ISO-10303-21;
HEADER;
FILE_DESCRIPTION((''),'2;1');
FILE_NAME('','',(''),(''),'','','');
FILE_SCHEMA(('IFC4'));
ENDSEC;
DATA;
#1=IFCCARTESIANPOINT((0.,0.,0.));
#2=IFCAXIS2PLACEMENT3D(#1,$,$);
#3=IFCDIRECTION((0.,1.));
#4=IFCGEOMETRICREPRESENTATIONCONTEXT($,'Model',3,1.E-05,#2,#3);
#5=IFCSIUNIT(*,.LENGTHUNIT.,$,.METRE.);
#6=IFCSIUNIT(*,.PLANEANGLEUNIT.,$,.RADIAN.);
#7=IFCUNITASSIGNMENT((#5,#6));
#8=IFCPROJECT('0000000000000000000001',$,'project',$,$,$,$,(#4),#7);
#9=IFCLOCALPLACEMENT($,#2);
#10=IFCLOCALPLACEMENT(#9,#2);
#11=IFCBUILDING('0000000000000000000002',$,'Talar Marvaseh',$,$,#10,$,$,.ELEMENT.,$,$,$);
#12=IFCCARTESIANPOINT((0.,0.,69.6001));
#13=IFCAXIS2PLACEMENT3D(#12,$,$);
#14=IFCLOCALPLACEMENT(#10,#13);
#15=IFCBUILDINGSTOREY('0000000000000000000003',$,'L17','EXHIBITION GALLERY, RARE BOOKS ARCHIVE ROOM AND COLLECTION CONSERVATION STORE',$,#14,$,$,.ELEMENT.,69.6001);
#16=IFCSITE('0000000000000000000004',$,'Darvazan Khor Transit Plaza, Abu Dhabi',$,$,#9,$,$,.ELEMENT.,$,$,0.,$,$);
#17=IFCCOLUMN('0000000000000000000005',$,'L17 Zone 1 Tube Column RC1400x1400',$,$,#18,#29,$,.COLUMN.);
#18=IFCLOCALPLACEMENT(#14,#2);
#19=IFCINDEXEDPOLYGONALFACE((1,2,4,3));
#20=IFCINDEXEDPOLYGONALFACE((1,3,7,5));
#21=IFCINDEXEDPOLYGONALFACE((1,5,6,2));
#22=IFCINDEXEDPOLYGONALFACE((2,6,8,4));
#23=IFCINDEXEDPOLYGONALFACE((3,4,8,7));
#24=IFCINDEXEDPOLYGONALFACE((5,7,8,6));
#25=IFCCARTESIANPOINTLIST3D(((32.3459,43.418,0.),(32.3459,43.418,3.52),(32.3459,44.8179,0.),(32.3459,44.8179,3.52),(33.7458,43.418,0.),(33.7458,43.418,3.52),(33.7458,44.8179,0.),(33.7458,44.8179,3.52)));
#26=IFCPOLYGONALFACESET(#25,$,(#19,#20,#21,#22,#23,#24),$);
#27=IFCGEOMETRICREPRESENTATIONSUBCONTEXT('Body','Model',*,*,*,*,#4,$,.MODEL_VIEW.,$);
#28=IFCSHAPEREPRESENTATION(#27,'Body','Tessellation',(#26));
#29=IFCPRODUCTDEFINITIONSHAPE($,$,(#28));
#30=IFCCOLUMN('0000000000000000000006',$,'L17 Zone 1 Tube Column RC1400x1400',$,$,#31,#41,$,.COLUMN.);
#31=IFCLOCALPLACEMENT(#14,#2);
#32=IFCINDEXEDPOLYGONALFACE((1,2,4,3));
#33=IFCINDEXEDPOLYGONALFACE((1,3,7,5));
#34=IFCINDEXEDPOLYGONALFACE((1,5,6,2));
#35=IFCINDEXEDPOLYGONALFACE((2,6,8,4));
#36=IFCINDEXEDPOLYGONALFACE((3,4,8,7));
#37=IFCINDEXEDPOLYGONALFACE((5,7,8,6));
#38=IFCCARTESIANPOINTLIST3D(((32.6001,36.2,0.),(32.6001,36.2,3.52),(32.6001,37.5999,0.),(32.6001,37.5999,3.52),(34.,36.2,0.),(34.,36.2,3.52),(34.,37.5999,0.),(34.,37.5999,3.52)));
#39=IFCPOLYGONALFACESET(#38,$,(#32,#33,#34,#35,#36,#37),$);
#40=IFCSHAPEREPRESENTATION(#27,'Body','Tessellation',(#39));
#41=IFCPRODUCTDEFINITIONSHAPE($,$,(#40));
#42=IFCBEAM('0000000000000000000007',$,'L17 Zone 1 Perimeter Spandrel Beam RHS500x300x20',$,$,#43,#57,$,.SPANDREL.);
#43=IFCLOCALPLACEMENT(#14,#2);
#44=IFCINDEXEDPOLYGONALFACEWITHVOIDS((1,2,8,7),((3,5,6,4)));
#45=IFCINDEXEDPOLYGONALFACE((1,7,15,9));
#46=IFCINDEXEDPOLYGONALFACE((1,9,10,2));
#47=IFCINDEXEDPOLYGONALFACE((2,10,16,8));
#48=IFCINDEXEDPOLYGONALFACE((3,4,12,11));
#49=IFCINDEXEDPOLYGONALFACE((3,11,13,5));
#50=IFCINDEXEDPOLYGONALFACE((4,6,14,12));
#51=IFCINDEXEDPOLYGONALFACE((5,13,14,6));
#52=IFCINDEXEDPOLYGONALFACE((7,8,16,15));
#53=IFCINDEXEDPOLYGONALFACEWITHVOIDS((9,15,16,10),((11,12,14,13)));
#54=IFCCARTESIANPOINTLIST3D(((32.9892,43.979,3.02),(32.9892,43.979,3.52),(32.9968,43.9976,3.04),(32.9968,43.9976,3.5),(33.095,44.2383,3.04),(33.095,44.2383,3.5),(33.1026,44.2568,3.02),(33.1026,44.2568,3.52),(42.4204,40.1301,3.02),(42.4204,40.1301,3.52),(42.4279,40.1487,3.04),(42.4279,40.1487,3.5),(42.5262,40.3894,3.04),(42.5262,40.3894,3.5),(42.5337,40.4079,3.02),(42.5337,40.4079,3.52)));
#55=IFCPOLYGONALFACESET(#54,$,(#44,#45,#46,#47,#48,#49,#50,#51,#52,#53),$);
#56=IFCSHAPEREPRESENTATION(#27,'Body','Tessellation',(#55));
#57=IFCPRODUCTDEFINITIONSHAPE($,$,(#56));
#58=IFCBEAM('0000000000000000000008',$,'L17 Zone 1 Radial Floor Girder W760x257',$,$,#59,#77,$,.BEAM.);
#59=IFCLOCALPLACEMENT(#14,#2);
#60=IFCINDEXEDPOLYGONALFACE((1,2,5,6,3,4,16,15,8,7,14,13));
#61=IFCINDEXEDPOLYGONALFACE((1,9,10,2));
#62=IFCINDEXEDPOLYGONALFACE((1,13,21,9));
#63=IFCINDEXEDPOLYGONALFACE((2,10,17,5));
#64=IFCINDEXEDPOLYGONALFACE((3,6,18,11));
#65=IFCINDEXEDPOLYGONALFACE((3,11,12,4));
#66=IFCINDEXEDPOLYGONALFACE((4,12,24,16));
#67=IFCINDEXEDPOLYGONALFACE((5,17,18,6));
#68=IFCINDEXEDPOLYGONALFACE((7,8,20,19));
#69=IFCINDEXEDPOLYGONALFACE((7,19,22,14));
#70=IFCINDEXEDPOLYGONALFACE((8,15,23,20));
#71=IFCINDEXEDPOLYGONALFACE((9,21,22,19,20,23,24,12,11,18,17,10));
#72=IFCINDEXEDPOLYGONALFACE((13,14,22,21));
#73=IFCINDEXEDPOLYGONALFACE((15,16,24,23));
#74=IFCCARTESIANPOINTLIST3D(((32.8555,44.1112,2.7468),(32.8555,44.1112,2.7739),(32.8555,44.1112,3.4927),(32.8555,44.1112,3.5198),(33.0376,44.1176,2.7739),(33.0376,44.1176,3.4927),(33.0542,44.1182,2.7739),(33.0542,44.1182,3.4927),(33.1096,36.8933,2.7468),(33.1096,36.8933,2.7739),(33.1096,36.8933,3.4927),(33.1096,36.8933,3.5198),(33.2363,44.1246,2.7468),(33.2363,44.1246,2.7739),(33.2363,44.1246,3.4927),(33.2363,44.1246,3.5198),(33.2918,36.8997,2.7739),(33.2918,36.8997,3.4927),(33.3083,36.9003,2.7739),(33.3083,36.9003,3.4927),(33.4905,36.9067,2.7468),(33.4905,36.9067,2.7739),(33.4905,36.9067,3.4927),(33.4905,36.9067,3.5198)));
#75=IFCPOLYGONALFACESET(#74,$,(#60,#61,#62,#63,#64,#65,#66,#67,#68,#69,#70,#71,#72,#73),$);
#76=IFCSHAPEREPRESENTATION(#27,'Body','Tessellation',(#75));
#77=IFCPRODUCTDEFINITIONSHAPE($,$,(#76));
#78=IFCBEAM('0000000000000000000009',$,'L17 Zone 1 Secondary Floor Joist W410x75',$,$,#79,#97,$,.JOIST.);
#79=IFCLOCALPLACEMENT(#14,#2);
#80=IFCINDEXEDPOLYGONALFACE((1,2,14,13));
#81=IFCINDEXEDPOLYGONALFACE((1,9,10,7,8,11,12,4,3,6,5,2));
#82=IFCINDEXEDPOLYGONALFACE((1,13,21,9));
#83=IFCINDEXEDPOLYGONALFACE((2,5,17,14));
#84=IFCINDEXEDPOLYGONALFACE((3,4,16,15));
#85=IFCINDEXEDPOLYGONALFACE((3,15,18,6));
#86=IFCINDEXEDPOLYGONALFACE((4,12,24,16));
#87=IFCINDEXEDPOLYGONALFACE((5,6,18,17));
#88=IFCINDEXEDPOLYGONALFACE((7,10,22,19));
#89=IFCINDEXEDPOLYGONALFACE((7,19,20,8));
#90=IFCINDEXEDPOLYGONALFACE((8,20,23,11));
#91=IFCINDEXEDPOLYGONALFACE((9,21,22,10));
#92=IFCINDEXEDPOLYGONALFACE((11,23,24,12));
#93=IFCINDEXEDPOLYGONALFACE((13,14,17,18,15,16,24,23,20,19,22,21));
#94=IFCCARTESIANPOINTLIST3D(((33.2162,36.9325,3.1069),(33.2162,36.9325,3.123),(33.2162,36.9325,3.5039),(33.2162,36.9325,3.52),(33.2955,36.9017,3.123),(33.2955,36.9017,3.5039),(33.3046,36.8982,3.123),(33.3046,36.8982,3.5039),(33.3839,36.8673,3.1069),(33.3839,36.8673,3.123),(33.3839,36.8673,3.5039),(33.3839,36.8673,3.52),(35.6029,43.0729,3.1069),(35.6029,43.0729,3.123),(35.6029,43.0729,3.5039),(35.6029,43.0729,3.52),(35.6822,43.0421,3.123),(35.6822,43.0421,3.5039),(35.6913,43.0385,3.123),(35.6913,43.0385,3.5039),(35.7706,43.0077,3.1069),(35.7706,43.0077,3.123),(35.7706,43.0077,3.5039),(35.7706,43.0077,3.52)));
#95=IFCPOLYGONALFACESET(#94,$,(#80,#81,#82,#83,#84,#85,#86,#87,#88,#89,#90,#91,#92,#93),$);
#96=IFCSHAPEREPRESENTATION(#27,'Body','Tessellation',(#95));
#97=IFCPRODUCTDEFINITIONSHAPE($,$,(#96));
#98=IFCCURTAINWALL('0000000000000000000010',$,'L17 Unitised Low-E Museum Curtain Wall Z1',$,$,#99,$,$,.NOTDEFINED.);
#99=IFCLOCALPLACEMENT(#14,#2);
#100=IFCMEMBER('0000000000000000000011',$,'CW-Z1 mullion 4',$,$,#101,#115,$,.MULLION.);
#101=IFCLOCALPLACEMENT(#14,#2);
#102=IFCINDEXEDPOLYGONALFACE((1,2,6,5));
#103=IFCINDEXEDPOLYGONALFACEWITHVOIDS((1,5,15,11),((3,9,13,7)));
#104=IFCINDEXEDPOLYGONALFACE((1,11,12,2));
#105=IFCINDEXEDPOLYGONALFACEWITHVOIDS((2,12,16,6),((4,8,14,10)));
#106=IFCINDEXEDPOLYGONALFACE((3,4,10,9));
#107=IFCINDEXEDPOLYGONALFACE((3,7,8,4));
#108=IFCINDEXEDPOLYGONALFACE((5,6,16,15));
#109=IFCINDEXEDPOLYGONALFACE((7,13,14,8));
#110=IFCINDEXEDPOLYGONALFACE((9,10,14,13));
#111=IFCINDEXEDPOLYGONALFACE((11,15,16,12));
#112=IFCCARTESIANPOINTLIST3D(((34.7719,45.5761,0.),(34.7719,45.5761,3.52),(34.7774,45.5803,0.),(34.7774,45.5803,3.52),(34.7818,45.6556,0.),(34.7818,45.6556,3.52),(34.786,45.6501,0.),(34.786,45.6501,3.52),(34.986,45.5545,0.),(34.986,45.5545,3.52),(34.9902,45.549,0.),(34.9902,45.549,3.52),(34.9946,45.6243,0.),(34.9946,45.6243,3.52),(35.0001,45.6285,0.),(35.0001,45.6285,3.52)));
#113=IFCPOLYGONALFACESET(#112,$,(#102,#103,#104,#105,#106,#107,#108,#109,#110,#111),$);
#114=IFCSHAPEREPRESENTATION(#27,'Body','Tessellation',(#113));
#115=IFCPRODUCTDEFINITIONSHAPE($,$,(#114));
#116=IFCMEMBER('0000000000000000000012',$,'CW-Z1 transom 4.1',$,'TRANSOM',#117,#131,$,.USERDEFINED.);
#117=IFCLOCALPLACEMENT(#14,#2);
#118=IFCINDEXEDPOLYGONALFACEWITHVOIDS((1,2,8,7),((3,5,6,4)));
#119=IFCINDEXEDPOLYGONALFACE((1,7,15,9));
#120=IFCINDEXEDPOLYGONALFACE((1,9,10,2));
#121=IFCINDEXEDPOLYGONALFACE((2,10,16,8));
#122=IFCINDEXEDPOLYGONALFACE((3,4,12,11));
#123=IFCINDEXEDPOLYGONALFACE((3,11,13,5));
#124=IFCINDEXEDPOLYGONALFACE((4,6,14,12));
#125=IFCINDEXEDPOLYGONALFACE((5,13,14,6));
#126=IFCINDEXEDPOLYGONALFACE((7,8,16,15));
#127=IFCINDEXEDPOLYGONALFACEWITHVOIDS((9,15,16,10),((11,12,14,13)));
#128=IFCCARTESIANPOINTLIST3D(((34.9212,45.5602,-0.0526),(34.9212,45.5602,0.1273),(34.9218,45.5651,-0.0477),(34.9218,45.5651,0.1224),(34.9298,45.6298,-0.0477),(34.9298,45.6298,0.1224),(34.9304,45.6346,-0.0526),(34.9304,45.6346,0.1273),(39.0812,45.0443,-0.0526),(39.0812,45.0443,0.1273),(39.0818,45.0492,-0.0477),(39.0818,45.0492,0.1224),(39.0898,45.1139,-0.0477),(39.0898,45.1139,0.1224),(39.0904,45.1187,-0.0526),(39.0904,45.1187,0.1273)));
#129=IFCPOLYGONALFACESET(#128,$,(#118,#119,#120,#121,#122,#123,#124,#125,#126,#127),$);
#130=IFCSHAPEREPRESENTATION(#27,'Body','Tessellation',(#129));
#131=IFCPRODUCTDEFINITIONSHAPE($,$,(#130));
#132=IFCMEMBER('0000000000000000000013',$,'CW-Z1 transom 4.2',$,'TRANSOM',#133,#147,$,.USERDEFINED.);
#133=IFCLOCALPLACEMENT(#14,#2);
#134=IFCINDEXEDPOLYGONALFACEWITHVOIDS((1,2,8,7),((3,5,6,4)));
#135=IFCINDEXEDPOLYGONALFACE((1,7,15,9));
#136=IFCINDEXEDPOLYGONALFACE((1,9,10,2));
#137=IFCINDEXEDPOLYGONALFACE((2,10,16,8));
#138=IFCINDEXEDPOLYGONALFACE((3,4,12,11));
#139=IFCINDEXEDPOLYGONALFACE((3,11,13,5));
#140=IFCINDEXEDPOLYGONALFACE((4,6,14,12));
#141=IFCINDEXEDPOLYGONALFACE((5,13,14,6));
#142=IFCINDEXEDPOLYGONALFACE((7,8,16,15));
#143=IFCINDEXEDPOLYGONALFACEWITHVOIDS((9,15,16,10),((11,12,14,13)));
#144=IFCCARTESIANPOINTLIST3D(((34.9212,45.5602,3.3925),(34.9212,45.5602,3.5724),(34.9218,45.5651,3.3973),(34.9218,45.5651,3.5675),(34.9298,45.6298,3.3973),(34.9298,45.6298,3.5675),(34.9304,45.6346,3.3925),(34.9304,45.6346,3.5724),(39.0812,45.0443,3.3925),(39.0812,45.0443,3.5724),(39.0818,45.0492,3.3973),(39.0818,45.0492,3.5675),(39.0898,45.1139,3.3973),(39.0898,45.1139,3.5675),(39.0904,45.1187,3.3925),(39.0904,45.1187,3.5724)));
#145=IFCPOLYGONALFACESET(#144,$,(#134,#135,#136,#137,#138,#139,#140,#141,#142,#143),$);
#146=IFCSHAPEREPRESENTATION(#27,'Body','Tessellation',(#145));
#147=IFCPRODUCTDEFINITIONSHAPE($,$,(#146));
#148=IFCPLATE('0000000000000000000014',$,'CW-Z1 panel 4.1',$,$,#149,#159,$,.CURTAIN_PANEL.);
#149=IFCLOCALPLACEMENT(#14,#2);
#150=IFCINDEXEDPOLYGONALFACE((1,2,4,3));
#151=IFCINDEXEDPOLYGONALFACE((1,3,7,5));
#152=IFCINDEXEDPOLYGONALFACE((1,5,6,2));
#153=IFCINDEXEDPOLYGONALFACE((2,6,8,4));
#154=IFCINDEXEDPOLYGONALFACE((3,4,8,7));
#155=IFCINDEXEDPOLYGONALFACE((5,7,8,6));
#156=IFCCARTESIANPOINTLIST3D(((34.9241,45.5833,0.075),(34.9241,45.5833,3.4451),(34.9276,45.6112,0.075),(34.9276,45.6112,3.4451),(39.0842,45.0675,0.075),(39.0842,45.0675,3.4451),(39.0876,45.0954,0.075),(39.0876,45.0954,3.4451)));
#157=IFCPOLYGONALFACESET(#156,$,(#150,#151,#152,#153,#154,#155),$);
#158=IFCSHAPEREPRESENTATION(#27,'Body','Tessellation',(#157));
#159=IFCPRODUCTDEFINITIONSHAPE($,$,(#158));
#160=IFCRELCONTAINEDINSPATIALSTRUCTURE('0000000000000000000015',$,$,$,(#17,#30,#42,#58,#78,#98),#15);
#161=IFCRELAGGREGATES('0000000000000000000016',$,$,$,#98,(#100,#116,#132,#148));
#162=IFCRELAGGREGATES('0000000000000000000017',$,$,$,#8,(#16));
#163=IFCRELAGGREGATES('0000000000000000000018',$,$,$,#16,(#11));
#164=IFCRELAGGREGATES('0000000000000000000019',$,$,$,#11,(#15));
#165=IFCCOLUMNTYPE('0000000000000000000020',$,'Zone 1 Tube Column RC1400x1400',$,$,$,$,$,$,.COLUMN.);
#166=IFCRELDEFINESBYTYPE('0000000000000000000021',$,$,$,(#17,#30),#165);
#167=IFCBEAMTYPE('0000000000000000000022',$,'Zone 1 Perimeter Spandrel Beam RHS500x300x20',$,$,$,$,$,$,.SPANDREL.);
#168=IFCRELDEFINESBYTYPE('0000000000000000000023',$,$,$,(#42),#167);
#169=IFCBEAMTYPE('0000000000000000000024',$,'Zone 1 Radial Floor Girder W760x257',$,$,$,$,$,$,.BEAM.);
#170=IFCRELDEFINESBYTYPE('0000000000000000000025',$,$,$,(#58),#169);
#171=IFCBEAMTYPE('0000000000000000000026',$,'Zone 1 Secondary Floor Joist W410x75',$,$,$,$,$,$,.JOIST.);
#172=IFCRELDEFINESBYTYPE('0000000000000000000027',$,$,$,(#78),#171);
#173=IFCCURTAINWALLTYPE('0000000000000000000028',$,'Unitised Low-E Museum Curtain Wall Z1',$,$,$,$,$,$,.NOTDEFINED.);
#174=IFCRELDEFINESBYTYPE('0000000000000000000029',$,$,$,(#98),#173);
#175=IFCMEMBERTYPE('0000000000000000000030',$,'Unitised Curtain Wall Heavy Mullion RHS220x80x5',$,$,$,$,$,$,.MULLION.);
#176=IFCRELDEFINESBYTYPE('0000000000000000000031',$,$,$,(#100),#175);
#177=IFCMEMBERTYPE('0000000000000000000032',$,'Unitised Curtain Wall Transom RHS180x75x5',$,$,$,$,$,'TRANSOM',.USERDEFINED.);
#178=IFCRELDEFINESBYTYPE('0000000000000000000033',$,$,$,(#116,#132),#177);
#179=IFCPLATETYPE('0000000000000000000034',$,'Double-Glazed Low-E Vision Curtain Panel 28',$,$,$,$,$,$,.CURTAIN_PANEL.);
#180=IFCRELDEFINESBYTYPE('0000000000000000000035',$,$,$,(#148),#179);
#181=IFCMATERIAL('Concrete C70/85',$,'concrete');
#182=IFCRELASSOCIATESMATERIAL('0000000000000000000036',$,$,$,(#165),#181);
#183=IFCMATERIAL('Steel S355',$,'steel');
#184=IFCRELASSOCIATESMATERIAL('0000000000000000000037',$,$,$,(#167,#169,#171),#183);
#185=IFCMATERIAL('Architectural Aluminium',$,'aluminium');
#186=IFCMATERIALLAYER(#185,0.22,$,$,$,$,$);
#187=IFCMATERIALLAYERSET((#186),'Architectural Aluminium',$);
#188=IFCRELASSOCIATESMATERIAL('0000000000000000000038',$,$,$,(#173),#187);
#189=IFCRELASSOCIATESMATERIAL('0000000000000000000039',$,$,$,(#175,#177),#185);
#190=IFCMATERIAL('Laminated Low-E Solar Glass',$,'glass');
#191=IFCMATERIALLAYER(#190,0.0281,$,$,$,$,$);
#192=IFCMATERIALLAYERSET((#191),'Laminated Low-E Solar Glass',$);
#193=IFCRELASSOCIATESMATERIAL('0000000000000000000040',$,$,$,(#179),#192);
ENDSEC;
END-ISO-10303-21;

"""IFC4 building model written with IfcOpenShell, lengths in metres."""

from ifc_helpers import new_model, si_unit, direction, frame, origin, origin_2d, place, context, subcontext, project, spatial, rectangle, hollow_rectangle, i_section, extrude, source, transform, mapped, material, layer, layer_set, material_profile, profile_set, type_object, type_shapes, element, aggregate, save


model = new_model("IFC4")

# Units and contexts
model_context = context("Model", 3, precision=1e-05, world=origin(), true_north=direction((0.0, 1.0)))
body_context = subcontext(model_context, "Body", "Model", "MODEL_VIEW")
ifc_project = project(units=[si_unit("LENGTHUNIT", "METRE"), si_unit("PLANEANGLEUNIT", "RADIAN")], contexts=[model_context])

# Site, building, storey
site_placement = place(None, origin())
site = spatial("IfcSite", under=ifc_project, at=site_placement, Name="Darvazan Khor Transit Plaza, Abu Dhabi", CompositionType="ELEMENT", RefElevation=0.0)
building_placement = place(site_placement, origin())
building = spatial("IfcBuilding", under=site, at=building_placement, Name="Talar Marvaseh", CompositionType="ELEMENT")
storey_placement = place(building_placement, frame((0.0, 0.0, 69.6001)))
storey = spatial("IfcBuildingStorey", under=building, at=storey_placement, Name="L17", Description="EXHIBITION GALLERY, RARE BOOKS ARCHIVE ROOM AND COLLECTION CONSERVATION STORE", CompositionType="ELEMENT", Elevation=69.6001)

# Columns
ifc_material_1 = material(Name="Concrete C70/85", Category="concrete")
ifc_material_profile_1 = material_profile(ifc_material_1, rectangle(XDim=1.3999, YDim=1.3999, at=origin_2d()), Name="RC1400x1400")
ifc_profile_set_1 = profile_set([ifc_material_profile_1], Name="Concrete C70/85")
column_type = type_object("IfcColumnType", Name="Zone 1 Tube Column RC1400x1400", PredefinedType="COLUMN", material=ifc_profile_set_1)
for number, where, z_axis, x_axis, name in (
    (1, (33.0459, 44.1179, 0.0), (0.0, 0.0, 1.0), (1.0, 0.0, 0.0), "L17 Zone 1 Tube Column RC1400x1400"),
    (2, (33.3, 36.8999, 0.0), (0.0, 0.0, 1.0), (1.0, 0.0, 0.0), "L17 Zone 1 Tube Column RC1400x1400"),
):
    element("IfcColumn", number, at=place(storey_placement, frame(where, z_axis=z_axis, x_axis=x_axis)), inside=storey, type_object=column_type, Name=name, PredefinedType="COLUMN", context=body_context, shape_type="SweptSolid", body=[
        extrude(rectangle(XDim=1.3999, YDim=1.3999, at=origin_2d()), origin(), (0.0, 0.0, 1.0), 3.52),
    ])

# Beams
ifc_material_2 = material(Name="Steel S355", Category="steel")
ifc_material_profile_2 = material_profile(ifc_material_2, hollow_rectangle(XDim=0.3, YDim=0.5, WallThickness=0.02, at=origin_2d()), Name="RHS500x300x20")
ifc_profile_set_2 = profile_set([ifc_material_profile_2], Name="Steel S355")
beam_type_1 = type_object("IfcBeamType", Name="Zone 1 Perimeter Spandrel Beam RHS500x300x20", PredefinedType="SPANDREL", material=ifc_profile_set_2)
beam_1_placement = place(storey_placement, frame((33.0459, 44.1179, 3.27), z_axis=(0.925867, -0.377849, 0.0), x_axis=(0.377849, 0.925867, 0.0)))
element("IfcBeam", 3, at=beam_1_placement, inside=storey, type_object=beam_type_1, Name="L17 Zone 1 Perimeter Spandrel Beam RHS500x300x20", PredefinedType="SPANDREL", context=body_context, shape_type="SweptSolid", body=[
    extrude(hollow_rectangle(XDim=0.3, YDim=0.5, WallThickness=0.02, at=origin_2d()), origin(), (0.0, 0.0, 1.0), 10.1863),
])
ifc_material_profile_3 = material_profile(ifc_material_2, i_section(OverallWidth=0.3811, OverallDepth=0.7729, WebThickness=0.0166, FlangeThickness=0.0271, at=origin_2d()), Name="W760x257")
ifc_profile_set_3 = profile_set([ifc_material_profile_3], Name="Steel S355")
beam_type_2 = type_object("IfcBeamType", Name="Zone 1 Radial Floor Girder W760x257", PredefinedType="BEAM", material=ifc_profile_set_3)
beam_2_placement = place(storey_placement, frame((33.0459, 44.1179, 3.1333), z_axis=(0.035189, -0.999381, 0.0), x_axis=(0.999381, 0.035189, 0.0)))
element("IfcBeam", 4, at=beam_2_placement, inside=storey, type_object=beam_type_2, Name="L17 Zone 1 Radial Floor Girder W760x257", PredefinedType="BEAM", context=body_context, shape_type="SweptSolid", body=[
    extrude(i_section(OverallWidth=0.3811, OverallDepth=0.7729, WebThickness=0.0166, FlangeThickness=0.0271, at=origin_2d()), origin(), (0.0, 0.0, 1.0), 7.2224),
])
ifc_material_profile_4 = material_profile(ifc_material_2, i_section(OverallWidth=0.1799, OverallDepth=0.4131, WebThickness=0.0098, FlangeThickness=0.0161, at=origin_2d()), Name="W410x75")
ifc_profile_set_4 = profile_set([ifc_material_profile_4], Name="Steel S355")
beam_type_3 = type_object("IfcBeamType", Name="Zone 1 Secondary Floor Joist W410x75", PredefinedType="JOIST", material=ifc_profile_set_4)
beam_3_placement = place(storey_placement, frame((35.6868, 43.0403, 3.3135), z_axis=(-0.362287, -0.932067, 0.0), x_axis=(0.932067, -0.362287, 0.0)))
element("IfcBeam", 5, at=beam_3_placement, inside=storey, type_object=beam_type_3, Name="L17 Zone 1 Secondary Floor Joist W410x75", PredefinedType="JOIST", context=body_context, shape_type="SweptSolid", body=[
    extrude(i_section(OverallWidth=0.1799, OverallDepth=0.4131, WebThickness=0.0098, FlangeThickness=0.0161, at=origin_2d()), origin(), (0.0, 0.0, 1.0), 6.5879),
])

# Curtain wall, members, plate
ifc_material_3 = material(Name="Architectural Aluminium", Category="aluminium")
ifc_layer_1 = layer(ifc_material_3, 0.22)
ifc_layer_set_1 = layer_set([ifc_layer_1], Name="Architectural Aluminium")
curtain_wall_type = type_object("IfcCurtainWallType", Name="Unitised Low-E Museum Curtain Wall Z1", PredefinedType="NOTDEFINED", material=ifc_layer_set_1)
curtain_wall_placement = place(storey_placement, origin())
curtain_wall = element("IfcCurtainWall", 6, at=curtain_wall_placement, inside=storey, type_object=curtain_wall_type, Name="L17 Unitised Low-E Museum Curtain Wall Z1", PredefinedType="NOTDEFINED")
ifc_material_profile_5 = material_profile(ifc_material_3, hollow_rectangle(XDim=0.0801, YDim=0.22, WallThickness=0.0049, at=origin_2d()), Name="RHS220x80x5")
ifc_profile_set_5 = profile_set([ifc_material_profile_5], Name="Architectural Aluminium")
member_type_1 = type_object("IfcMemberType", Name="Unitised Curtain Wall Heavy Mullion RHS220x80x5", PredefinedType="MULLION", material=ifc_profile_set_5)
shared_shape_1 = source(origin(), body_context, "Body", "SweptSolid", [
    extrude(hollow_rectangle(XDim=0.0801, YDim=0.22, WallThickness=0.0049, at=origin_2d()), origin(), (0.0, 0.0, 1.0), 3.52),
])
type_shapes(member_type_1, [shared_shape_1])
member_1_placement = place(storey_placement, frame((34.886, 45.6023, 0.0), z_axis=(0.0, 0.0, 1.0), x_axis=(0.123049, 0.992401, 0.0)))
member_1 = element("IfcMember", 7, at=member_1_placement, type_object=member_type_1, Name="CW-Z1 mullion 4", PredefinedType="MULLION", context=body_context, shape_type="MappedRepresentation", body=[
    mapped(shared_shape_1, transform((0.0, 0.0, 0.0), x_axis=(1.0, 0.0, 0.0), y_axis=(0.0, 1.0, 0.0), z_axis=(0.0, 0.0, 1.0), scale=1.0)),
])
ifc_material_profile_6 = material_profile(ifc_material_3, hollow_rectangle(XDim=0.075, YDim=0.1799, WallThickness=0.0049, at=origin_2d()), Name="RHS180x75x5")
ifc_profile_set_6 = profile_set([ifc_material_profile_6], Name="Architectural Aluminium")
member_type_2 = type_object("IfcMemberType", Name="Unitised Curtain Wall Transom RHS180x75x5", ElementType="TRANSOM", PredefinedType="USERDEFINED", material=ifc_profile_set_6)
shared_shape_2 = source(origin(), body_context, "Body", "SweptSolid", [
    extrude(hollow_rectangle(XDim=0.075, YDim=0.1799, WallThickness=0.0049, at=origin_2d()), origin(), (0.0, 0.0, 1.0), 4.1919),
])
type_shapes(member_type_2, [shared_shape_2])
member_2_placement = place(storey_placement, frame((34.9258, 45.5974, 0.0374), z_axis=(0.992398, -0.123067, 0.0), x_axis=(0.123067, 0.992398, 0.0)))
member_2 = element("IfcMember", 8, at=member_2_placement, type_object=member_type_2, Name="CW-Z1 transom 4.1", ObjectType="TRANSOM", PredefinedType="USERDEFINED", context=body_context, shape_type="MappedRepresentation", body=[
    mapped(shared_shape_2, transform((0.0, 0.0, 0.0), x_axis=(1.0, 0.0, 0.0), y_axis=(0.0, 1.0, 0.0), z_axis=(0.0, 0.0, 1.0), scale=1.0)),
])
member_3_placement = place(storey_placement, frame((34.9258, 45.5974, 3.4824), z_axis=(0.992398, -0.123067, 0.0), x_axis=(0.123067, 0.992398, 0.0)))
member_3 = element("IfcMember", 9, at=member_3_placement, type_object=member_type_2, Name="CW-Z1 transom 4.2", ObjectType="TRANSOM", PredefinedType="USERDEFINED", context=body_context, shape_type="MappedRepresentation", body=[
    mapped(shared_shape_2, transform((0.0, 0.0, 0.0), x_axis=(1.0, 0.0, 0.0), y_axis=(0.0, 1.0, 0.0), z_axis=(0.0, 0.0, 1.0), scale=1.0)),
])
ifc_material_4 = material(Name="Laminated Low-E Solar Glass", Category="glass")
ifc_layer_2 = layer(ifc_material_4, 0.0281)
ifc_layer_set_2 = layer_set([ifc_layer_2], Name="Laminated Low-E Solar Glass")
plate_type = type_object("IfcPlateType", Name="Double-Glazed Low-E Vision Curtain Panel 28", PredefinedType="CURTAIN_PANEL", material=ifc_layer_set_2)
shared_shape_3 = source(origin(), body_context, "Body", "SweptSolid", [
    extrude(rectangle(XDim=4.1919, YDim=0.0281, at=origin_2d()), origin(), (0.0, 0.0, 1.0), 3.3701),
])
type_shapes(plate_type, [shared_shape_3])
plate_placement = place(storey_placement, frame((37.0059, 45.3394, 0.075), z_axis=(0.0, 0.0, 1.0), x_axis=(0.992401, -0.123049, 0.0)))
plate = element("IfcPlate", 10, at=plate_placement, type_object=plate_type, Name="CW-Z1 panel 4.1", PredefinedType="CURTAIN_PANEL", context=body_context, shape_type="MappedRepresentation", body=[
    mapped(shared_shape_3, transform((0.0, 0.0, 0.0), x_axis=(1.0, 0.0, 0.0), y_axis=(0.0, 1.0, 0.0), z_axis=(0.0, 0.0, 1.0), scale=1.0)),
])
aggregate(curtain_wall, [member_1, member_2, member_3, plate])

save(model, "model.ifc")
